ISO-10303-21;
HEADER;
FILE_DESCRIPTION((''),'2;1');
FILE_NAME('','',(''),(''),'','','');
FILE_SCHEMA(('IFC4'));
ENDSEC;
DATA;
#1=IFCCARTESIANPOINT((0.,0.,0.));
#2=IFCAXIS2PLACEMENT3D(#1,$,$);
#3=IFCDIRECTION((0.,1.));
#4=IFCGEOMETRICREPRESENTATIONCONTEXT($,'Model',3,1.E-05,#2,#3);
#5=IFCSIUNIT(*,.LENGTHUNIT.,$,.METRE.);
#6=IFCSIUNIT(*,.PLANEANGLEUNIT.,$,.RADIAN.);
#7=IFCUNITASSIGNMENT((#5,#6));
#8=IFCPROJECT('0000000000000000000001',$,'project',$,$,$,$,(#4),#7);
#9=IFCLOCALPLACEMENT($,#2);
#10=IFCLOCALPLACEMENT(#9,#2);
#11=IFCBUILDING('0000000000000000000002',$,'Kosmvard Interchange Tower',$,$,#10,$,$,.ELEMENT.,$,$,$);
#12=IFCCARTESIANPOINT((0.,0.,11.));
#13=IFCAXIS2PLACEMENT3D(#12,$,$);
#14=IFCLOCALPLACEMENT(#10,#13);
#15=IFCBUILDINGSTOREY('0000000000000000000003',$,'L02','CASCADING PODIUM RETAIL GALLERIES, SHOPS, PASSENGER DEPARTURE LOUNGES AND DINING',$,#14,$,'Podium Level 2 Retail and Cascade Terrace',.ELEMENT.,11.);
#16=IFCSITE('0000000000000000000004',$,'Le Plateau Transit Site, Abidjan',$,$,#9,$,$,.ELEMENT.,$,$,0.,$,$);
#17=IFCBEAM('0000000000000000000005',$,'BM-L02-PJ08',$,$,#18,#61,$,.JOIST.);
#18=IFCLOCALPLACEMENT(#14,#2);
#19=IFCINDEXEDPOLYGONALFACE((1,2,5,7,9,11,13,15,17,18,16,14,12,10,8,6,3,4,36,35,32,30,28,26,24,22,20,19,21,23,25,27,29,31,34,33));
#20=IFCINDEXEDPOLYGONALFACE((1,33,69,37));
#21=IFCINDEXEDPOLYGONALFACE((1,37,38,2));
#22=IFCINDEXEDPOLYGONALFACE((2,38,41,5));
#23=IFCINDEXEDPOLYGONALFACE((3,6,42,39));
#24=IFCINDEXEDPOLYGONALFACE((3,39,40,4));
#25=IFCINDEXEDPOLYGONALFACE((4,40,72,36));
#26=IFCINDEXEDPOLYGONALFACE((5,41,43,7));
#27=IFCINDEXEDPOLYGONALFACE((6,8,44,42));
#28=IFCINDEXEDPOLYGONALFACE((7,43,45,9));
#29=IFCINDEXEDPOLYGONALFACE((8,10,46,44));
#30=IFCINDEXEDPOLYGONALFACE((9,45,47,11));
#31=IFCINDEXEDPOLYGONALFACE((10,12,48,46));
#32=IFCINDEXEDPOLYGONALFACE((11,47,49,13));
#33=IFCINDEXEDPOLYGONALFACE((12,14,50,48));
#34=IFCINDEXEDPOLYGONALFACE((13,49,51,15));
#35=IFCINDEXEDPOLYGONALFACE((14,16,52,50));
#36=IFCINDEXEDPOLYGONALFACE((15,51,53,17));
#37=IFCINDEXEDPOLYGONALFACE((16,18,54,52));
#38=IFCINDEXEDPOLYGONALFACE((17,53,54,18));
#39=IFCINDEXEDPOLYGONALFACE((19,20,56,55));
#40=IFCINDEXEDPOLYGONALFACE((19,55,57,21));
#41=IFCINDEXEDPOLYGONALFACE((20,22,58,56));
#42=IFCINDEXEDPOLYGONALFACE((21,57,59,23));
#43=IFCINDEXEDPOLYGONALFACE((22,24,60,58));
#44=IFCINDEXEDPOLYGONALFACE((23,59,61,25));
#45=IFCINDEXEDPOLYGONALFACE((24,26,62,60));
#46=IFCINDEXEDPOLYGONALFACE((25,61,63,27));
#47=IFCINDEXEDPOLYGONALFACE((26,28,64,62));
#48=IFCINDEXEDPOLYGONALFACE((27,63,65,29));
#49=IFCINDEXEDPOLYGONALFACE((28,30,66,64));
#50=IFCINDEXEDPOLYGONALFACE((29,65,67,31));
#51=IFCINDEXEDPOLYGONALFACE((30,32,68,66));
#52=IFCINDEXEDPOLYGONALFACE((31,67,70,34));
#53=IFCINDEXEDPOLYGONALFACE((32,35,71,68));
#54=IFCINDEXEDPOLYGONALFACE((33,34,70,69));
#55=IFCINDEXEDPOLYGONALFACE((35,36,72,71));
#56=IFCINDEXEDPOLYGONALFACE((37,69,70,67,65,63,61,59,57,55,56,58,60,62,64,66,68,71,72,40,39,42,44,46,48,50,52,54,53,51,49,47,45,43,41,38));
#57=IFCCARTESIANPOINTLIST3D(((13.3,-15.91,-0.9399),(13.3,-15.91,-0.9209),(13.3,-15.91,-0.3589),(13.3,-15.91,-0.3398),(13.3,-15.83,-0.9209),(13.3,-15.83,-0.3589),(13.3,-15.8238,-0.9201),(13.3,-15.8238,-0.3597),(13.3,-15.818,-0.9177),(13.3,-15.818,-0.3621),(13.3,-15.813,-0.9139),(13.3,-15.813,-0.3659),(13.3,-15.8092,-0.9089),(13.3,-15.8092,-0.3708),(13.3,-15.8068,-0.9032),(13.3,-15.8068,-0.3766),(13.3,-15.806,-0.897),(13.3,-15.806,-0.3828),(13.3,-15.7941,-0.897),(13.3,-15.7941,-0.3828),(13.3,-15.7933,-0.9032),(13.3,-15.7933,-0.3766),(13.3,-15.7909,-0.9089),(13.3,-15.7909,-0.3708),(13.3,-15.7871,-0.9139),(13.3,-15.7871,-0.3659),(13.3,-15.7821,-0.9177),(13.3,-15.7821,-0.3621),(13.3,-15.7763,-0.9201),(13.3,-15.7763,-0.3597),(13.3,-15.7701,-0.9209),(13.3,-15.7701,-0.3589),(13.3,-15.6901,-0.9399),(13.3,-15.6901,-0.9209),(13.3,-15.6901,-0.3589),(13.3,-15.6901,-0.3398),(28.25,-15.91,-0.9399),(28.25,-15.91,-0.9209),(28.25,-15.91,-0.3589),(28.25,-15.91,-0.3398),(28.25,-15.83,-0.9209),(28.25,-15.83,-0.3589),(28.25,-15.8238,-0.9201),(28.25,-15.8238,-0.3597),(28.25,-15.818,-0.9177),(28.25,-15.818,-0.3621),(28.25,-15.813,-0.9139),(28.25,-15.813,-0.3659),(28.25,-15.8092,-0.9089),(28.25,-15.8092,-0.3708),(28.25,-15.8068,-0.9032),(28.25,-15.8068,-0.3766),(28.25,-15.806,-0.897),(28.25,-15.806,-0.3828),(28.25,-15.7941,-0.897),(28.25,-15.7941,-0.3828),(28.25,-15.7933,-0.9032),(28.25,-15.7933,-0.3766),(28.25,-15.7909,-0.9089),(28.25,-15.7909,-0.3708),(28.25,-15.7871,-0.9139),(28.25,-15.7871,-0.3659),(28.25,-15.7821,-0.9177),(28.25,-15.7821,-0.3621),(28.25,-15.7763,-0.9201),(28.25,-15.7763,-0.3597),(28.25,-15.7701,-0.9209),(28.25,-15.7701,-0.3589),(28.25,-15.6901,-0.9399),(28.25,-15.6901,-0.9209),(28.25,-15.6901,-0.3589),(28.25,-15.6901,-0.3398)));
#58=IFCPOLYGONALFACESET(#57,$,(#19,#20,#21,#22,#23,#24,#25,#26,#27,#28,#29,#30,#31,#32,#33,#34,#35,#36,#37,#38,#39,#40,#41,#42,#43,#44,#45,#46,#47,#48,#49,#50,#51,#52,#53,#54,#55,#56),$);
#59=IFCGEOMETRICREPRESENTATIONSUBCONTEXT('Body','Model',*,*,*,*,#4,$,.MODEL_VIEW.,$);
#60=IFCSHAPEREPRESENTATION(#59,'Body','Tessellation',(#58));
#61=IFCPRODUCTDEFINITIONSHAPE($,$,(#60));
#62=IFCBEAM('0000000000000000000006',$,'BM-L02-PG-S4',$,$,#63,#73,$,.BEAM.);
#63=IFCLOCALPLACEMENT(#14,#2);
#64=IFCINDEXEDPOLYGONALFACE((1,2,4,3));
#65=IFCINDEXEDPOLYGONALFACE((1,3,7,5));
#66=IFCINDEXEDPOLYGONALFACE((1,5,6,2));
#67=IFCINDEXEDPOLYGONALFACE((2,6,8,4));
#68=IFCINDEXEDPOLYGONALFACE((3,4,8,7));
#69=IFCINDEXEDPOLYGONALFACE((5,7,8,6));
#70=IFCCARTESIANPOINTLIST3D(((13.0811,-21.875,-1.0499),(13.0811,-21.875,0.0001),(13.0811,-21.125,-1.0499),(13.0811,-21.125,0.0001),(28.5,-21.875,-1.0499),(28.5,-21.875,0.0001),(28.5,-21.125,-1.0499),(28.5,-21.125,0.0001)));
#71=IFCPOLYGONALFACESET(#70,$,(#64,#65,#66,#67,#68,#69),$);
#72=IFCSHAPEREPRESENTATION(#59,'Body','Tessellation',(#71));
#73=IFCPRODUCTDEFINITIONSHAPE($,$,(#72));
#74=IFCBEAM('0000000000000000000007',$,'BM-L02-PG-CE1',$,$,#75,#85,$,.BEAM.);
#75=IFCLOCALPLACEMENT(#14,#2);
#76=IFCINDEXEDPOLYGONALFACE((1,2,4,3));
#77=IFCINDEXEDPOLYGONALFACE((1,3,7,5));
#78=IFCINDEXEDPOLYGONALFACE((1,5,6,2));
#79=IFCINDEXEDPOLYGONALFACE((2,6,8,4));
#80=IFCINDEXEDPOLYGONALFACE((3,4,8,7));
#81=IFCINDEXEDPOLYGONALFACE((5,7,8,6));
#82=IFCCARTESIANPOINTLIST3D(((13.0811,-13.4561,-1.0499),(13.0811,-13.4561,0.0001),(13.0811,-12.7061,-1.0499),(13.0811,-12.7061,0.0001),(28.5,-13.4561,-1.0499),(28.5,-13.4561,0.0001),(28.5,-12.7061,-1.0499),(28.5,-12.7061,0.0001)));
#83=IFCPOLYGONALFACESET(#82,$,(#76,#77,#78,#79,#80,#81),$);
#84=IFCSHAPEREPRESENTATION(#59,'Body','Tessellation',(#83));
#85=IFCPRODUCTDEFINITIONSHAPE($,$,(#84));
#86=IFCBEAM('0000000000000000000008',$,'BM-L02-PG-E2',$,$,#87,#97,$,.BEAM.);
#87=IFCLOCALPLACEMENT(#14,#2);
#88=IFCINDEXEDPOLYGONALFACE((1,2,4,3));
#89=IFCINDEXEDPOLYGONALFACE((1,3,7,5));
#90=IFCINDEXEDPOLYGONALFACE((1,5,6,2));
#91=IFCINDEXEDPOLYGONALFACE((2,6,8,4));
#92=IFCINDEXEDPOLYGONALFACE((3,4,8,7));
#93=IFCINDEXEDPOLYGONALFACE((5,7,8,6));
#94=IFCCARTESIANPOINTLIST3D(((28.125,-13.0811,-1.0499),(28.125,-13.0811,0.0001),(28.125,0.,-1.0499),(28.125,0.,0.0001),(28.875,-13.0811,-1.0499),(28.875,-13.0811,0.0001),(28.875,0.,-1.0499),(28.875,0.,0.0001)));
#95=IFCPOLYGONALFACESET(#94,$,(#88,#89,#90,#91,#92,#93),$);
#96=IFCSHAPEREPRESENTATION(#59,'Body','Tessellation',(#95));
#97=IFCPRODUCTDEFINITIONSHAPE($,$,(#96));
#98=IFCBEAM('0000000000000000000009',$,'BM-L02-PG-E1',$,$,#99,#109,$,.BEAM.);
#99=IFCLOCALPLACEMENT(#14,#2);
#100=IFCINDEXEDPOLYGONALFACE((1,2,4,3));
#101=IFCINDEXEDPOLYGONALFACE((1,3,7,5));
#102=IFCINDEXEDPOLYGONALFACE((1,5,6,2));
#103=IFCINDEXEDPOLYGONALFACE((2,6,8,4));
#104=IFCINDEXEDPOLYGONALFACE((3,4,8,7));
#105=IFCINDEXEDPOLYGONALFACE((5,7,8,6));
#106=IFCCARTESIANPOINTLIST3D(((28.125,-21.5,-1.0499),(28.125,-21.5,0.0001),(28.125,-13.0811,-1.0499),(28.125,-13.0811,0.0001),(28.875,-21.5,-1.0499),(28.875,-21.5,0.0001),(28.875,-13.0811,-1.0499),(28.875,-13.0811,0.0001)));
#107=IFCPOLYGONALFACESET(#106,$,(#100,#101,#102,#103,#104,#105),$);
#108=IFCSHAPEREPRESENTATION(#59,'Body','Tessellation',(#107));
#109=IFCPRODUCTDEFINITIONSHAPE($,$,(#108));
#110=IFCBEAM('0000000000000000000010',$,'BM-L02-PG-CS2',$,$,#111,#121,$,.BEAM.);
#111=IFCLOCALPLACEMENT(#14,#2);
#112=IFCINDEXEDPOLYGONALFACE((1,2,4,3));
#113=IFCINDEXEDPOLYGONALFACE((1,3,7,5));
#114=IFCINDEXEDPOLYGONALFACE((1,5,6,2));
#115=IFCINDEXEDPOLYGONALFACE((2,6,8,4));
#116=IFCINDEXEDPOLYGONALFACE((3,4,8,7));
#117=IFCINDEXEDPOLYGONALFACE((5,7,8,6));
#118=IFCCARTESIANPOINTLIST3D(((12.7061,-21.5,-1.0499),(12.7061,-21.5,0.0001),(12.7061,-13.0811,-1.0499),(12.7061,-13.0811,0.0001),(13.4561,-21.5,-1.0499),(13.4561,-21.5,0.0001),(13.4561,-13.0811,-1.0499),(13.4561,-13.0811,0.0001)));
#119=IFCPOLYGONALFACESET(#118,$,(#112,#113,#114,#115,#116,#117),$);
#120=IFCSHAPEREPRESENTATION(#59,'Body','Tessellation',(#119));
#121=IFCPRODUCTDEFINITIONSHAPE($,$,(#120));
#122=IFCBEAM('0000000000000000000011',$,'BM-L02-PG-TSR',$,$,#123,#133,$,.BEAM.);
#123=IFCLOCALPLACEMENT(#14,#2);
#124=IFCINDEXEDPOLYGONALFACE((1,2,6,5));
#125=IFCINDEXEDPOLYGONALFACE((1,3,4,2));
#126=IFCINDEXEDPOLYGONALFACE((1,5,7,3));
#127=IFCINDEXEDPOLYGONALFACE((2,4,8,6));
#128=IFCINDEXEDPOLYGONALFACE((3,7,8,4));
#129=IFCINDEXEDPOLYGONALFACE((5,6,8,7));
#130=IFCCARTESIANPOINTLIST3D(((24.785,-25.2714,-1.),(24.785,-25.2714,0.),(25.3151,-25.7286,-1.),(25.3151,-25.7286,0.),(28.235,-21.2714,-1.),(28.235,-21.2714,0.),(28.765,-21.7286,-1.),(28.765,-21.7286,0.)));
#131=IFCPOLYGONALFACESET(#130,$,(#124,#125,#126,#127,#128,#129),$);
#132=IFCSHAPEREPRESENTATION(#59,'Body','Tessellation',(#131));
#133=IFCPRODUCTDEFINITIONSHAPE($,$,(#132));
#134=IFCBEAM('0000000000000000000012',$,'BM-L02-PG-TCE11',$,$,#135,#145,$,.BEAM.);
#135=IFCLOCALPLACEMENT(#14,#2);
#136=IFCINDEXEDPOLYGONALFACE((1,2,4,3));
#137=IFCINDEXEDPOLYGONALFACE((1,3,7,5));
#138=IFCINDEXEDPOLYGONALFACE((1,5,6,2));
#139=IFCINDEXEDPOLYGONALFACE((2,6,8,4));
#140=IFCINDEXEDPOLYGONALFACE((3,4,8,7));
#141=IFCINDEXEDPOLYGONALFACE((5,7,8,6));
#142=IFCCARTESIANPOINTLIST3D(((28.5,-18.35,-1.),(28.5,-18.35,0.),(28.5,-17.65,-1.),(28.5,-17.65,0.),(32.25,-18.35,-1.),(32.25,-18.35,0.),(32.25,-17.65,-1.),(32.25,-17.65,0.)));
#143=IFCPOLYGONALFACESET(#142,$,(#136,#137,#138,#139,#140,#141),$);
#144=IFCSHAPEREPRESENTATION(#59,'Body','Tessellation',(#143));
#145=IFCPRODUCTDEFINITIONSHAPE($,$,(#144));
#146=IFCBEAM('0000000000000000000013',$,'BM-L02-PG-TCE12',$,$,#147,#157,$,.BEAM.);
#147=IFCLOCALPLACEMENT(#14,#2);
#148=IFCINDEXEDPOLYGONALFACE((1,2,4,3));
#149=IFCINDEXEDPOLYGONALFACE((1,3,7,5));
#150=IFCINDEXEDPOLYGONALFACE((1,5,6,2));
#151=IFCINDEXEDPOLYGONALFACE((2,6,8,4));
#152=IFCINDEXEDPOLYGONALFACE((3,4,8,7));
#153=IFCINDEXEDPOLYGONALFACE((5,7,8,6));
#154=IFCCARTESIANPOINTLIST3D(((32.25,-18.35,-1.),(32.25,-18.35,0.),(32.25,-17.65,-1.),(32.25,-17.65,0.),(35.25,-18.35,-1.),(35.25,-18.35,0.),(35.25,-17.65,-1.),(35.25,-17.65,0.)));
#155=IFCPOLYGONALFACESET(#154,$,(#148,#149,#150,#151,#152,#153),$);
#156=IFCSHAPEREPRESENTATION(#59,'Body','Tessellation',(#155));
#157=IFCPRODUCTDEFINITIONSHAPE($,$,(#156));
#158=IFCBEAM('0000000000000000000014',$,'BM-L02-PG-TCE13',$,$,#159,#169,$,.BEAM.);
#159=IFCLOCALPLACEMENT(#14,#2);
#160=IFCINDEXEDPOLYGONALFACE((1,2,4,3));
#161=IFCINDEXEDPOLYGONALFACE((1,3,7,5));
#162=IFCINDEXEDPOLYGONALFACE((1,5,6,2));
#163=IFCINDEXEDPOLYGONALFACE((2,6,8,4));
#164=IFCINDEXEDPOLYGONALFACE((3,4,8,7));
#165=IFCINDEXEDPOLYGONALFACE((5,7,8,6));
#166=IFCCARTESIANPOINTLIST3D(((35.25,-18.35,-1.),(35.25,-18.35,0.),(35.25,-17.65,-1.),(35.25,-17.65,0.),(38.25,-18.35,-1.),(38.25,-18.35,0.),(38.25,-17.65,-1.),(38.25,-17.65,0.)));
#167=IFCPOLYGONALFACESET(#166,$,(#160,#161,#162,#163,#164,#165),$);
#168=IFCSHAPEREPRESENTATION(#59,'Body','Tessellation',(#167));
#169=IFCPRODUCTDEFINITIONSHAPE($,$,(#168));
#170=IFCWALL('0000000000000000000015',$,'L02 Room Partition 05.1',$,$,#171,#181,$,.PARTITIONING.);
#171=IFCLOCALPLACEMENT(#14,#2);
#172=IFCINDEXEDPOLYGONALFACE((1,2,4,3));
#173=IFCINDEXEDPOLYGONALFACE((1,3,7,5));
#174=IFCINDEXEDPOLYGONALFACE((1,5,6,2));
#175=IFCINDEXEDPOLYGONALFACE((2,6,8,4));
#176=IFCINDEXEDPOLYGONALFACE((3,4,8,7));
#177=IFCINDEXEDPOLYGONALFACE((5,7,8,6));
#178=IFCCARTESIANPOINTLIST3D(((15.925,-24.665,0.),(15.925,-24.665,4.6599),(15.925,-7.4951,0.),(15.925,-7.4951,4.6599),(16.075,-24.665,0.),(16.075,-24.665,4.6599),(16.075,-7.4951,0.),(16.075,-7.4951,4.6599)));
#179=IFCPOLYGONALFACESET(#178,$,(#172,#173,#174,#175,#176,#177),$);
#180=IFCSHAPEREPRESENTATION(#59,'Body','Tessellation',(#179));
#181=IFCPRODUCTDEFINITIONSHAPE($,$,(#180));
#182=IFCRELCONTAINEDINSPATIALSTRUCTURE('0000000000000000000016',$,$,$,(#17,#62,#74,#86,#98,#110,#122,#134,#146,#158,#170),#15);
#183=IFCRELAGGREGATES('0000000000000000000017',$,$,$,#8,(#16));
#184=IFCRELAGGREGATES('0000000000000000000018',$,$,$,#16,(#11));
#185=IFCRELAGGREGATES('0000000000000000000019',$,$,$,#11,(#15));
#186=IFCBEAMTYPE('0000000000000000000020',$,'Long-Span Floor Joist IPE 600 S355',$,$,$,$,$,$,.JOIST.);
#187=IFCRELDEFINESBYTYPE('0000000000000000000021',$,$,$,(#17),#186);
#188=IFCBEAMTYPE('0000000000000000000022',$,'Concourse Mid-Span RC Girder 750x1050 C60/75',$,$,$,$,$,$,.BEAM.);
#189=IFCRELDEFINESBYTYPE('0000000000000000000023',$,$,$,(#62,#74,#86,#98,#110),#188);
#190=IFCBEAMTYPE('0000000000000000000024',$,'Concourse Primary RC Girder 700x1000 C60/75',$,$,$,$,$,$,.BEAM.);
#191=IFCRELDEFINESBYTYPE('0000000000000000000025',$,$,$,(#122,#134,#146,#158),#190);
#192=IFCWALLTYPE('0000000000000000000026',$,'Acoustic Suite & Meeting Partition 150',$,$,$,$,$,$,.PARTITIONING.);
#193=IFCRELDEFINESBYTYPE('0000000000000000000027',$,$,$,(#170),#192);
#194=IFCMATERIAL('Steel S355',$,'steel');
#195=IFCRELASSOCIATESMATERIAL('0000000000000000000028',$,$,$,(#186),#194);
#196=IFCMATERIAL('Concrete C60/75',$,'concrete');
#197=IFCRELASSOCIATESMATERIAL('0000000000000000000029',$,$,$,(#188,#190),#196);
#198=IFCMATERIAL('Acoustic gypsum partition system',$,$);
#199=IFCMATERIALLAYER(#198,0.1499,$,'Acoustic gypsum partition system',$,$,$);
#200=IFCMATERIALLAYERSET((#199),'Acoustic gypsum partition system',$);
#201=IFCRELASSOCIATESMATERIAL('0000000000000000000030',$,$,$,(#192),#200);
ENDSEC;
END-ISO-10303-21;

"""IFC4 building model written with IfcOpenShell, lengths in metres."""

from ifc_helpers import new_model, si_unit, direction, frame, frame_2d, origin, origin_2d, place, context, subcontext, project, spatial, rectangle, i_section, extrude, source, transform, mapped, material, layer, layer_set, material_profile, profile_set, type_object, element, save


model = new_model("IFC4")

# Units and contexts
model_context = context("Model", 3, precision=1e-05, world=origin(), true_north=direction((0.0, 1.0)))
body_context = subcontext(model_context, "Body", "Model", "MODEL_VIEW")
ifc_project = project(units=[si_unit("LENGTHUNIT", "METRE"), si_unit("PLANEANGLEUNIT", "RADIAN")], contexts=[model_context])

# Site, building, storey
site_placement = place(None, origin())
site = spatial("IfcSite", under=ifc_project, at=site_placement, Name="Le Plateau Transit Site, Abidjan", CompositionType="ELEMENT", RefElevation=0.0)
building_placement = place(site_placement, origin())
building = spatial("IfcBuilding", under=site, at=building_placement, Name="Kosmvard Interchange Tower", CompositionType="ELEMENT")
storey_placement = place(building_placement, frame((0.0, 0.0, 11.0)))
storey = spatial("IfcBuildingStorey", under=building, at=storey_placement, Name="L02", Description="CASCADING PODIUM RETAIL GALLERIES, SHOPS, PASSENGER DEPARTURE LOUNGES AND DINING", LongName="Podium Level 2 Retail and Cascade Terrace", CompositionType="ELEMENT", Elevation=11.0)

# Shared definitions
ifc_material_1 = material(Name="Concrete C60/75", Category="concrete")

# Beams
ifc_material_2 = material(Name="Steel S355", Category="steel")
ifc_material_profile_1 = material_profile(ifc_material_2, i_section(OverallWidth=0.22, OverallDepth=0.6001, WebThickness=0.012, FlangeThickness=0.019, FilletRadius=0.0239, at=origin_2d()), Name="IPE 600")
ifc_profile_set_1 = profile_set([ifc_material_profile_1], Name="Steel S355")
beam_type_1 = type_object("IfcBeamType", Name="Long-Span Floor Joist IPE 600 S355", PredefinedType="JOIST", material=ifc_profile_set_1)
shared_shape_1 = source(origin(), body_context, "Body", "SweptSolid", [
    extrude(i_section(OverallWidth=0.22, OverallDepth=0.6001, WebThickness=0.012, FlangeThickness=0.019, FilletRadius=0.0239, at=origin_2d()), origin(), (0.0, 0.0, 1.0), 14.95),
])
for number, where, z_axis, x_axis, name in (
    (1, (13.3, -15.8, -0.6399), (1.0, 0.0, 0.0), (0.0, 1.0, 0.0), "BM-L02-PJ08"),
):
    element("IfcBeam", number, at=place(storey_placement, frame(where, z_axis=z_axis, x_axis=x_axis)), inside=storey, type_object=beam_type_1, Name=name, PredefinedType="JOIST", context=body_context, shape_type="MappedRepresentation", body=[
        mapped(shared_shape_1, transform((0.0, 0.0, 0.0), scale=1.0)),
    ])
ifc_material_profile_2 = material_profile(ifc_material_1, rectangle(XDim=0.75, YDim=1.05, at=origin_2d()), Name="RCG 750x1050")
ifc_profile_set_2 = profile_set([ifc_material_profile_2], Name="Concrete C60/75")
beam_type_2 = type_object("IfcBeamType", Name="Concourse Mid-Span RC Girder 750x1050 C60/75", PredefinedType="BEAM", material=ifc_profile_set_2)
shared_shape_2 = source(origin(), body_context, "Body", "SweptSolid", [
    extrude(rectangle(XDim=0.75, YDim=1.05, at=origin_2d()), origin(), (0.0, 0.0, 1.0), 15.4189),
])
for number, where, z_axis, x_axis, name in (
    (2, (13.0811, -21.5, -0.5249), (1.0, 0.0, 0.0), (0.0, 1.0, 0.0), "BM-L02-PG-S4"),
    (3, (28.5, -13.0811, -0.5249), (-1.0, 0.0, 0.0), (0.0, -1.0, 0.0), "BM-L02-PG-CE1"),
):
    element("IfcBeam", number, at=place(storey_placement, frame(where, z_axis=z_axis, x_axis=x_axis)), inside=storey, type_object=beam_type_2, Name=name, PredefinedType="BEAM", context=body_context, shape_type="MappedRepresentation", body=[
        mapped(shared_shape_2, transform((0.0, 0.0, 0.0), scale=1.0)),
    ])
shared_shape_3 = source(origin(), body_context, "Body", "SweptSolid", [
    extrude(rectangle(XDim=0.75, YDim=1.05, at=origin_2d()), origin(), (0.0, 0.0, 1.0), 13.0811),
])
beam_1_placement = place(storey_placement, frame((28.5, -13.0811, -0.5249), z_axis=(0.0, 1.0, 0.0), x_axis=(-1.0, 0.0, 0.0)))
element("IfcBeam", 4, at=beam_1_placement, inside=storey, type_object=beam_type_2, Name="BM-L02-PG-E2", PredefinedType="BEAM", context=body_context, shape_type="MappedRepresentation", body=[
    mapped(shared_shape_3, transform((0.0, 0.0, 0.0), scale=1.0)),
])
shared_shape_4 = source(origin(), body_context, "Body", "SweptSolid", [
    extrude(rectangle(XDim=0.75, YDim=1.05, at=origin_2d()), origin(), (0.0, 0.0, 1.0), 8.4189),
])
for number, where, z_axis, x_axis, name in (
    (5, (28.5, -21.5, -0.5249), (0.0, 1.0, 0.0), (-1.0, 0.0, 0.0), "BM-L02-PG-E1"),
    (6, (13.0811, -21.5, -0.5249), (0.0, 1.0, 0.0), (-1.0, 0.0, 0.0), "BM-L02-PG-CS2"),
):
    element("IfcBeam", number, at=place(storey_placement, frame(where, z_axis=z_axis, x_axis=x_axis)), inside=storey, type_object=beam_type_2, Name=name, PredefinedType="BEAM", context=body_context, shape_type="MappedRepresentation", body=[
        mapped(shared_shape_4, transform((0.0, 0.0, 0.0), scale=1.0)),
    ])
ifc_material_profile_3 = material_profile(ifc_material_1, rectangle(XDim=0.7, YDim=1.0, at=origin_2d()), Name="RCG 700x1000")
ifc_profile_set_3 = profile_set([ifc_material_profile_3], Name="Concrete C60/75")
beam_type_3 = type_object("IfcBeamType", Name="Concourse Primary RC Girder 700x1000 C60/75", PredefinedType="BEAM", material=ifc_profile_set_3)
shared_shape_5 = source(origin(), body_context, "Body", "SweptSolid", [
    extrude(rectangle(XDim=0.7, YDim=1.0, at=origin_2d()), origin(), (0.0, 0.0, 1.0), 5.2822),
])
beam_2_placement = place(storey_placement, frame((25.05, -25.5, -0.5), z_axis=(0.653122, 0.757253, 0.0), x_axis=(-0.757253, 0.653122, 0.0)))
element("IfcBeam", 7, at=beam_2_placement, inside=storey, type_object=beam_type_3, Name="BM-L02-PG-TSR", PredefinedType="BEAM", context=body_context, shape_type="MappedRepresentation", body=[
    mapped(shared_shape_5, transform((0.0, 0.0, 0.0), scale=1.0)),
])
shared_shape_6 = source(origin(), body_context, "Body", "SweptSolid", [
    extrude(rectangle(XDim=0.7, YDim=1.0, at=origin_2d()), origin(), (0.0, 0.0, 1.0), 3.75),
])
beam_3_placement = place(storey_placement, frame((28.5, -18.0, -0.5), z_axis=(1.0, 0.0, 0.0), x_axis=(0.0, 1.0, 0.0)))
element("IfcBeam", 8, at=beam_3_placement, inside=storey, type_object=beam_type_3, Name="BM-L02-PG-TCE11", PredefinedType="BEAM", context=body_context, shape_type="MappedRepresentation", body=[
    mapped(shared_shape_6, transform((0.0, 0.0, 0.0), scale=1.0)),
])
shared_shape_7 = source(origin(), body_context, "Body", "SweptSolid", [
    extrude(rectangle(XDim=0.7, YDim=1.0, at=origin_2d()), origin(), (0.0, 0.0, 1.0), 3.0),
])
for number, where, z_axis, x_axis, name in (
    (9, (32.25, -18.0, -0.5), (1.0, 0.0, 0.0), (0.0, 1.0, 0.0), "BM-L02-PG-TCE12"),
    (10, (35.25, -18.0, -0.5), (1.0, 0.0, 0.0), (0.0, 1.0, 0.0), "BM-L02-PG-TCE13"),
):
    element("IfcBeam", number, at=place(storey_placement, frame(where, z_axis=z_axis, x_axis=x_axis)), inside=storey, type_object=beam_type_3, Name=name, PredefinedType="BEAM", context=body_context, shape_type="MappedRepresentation", body=[
        mapped(shared_shape_7, transform((0.0, 0.0, 0.0), scale=1.0)),
    ])

# Wall
ifc_material_3 = material(Name="Acoustic gypsum partition system")
ifc_layer_1 = layer(ifc_material_3, 0.1499, Name="Acoustic gypsum partition system")
ifc_layer_set_1 = layer_set([ifc_layer_1], Name="Acoustic gypsum partition system")
wall_type_1 = type_object("IfcWallType", Name="Acoustic Suite & Meeting Partition 150", PredefinedType="PARTITIONING", material=ifc_layer_set_1)
wall_1_placement = place(storey_placement, frame((16.0, -24.665, 0.0), z_axis=(0.0, 0.0, 1.0), x_axis=(0.0, 1.0, 0.0)))
element("IfcWall", 11, at=wall_1_placement, inside=storey, type_object=wall_type_1, Name="L02 Room Partition 05.1", PredefinedType="PARTITIONING", context=body_context, shape_type="SweptSolid", body=[
    extrude(rectangle(XDim=17.1699, YDim=0.1499, at=frame_2d((8.585, 0.0))), origin(), (0.0, 0.0, 1.0), 4.6599),
])

save(model, "model.ifc")
